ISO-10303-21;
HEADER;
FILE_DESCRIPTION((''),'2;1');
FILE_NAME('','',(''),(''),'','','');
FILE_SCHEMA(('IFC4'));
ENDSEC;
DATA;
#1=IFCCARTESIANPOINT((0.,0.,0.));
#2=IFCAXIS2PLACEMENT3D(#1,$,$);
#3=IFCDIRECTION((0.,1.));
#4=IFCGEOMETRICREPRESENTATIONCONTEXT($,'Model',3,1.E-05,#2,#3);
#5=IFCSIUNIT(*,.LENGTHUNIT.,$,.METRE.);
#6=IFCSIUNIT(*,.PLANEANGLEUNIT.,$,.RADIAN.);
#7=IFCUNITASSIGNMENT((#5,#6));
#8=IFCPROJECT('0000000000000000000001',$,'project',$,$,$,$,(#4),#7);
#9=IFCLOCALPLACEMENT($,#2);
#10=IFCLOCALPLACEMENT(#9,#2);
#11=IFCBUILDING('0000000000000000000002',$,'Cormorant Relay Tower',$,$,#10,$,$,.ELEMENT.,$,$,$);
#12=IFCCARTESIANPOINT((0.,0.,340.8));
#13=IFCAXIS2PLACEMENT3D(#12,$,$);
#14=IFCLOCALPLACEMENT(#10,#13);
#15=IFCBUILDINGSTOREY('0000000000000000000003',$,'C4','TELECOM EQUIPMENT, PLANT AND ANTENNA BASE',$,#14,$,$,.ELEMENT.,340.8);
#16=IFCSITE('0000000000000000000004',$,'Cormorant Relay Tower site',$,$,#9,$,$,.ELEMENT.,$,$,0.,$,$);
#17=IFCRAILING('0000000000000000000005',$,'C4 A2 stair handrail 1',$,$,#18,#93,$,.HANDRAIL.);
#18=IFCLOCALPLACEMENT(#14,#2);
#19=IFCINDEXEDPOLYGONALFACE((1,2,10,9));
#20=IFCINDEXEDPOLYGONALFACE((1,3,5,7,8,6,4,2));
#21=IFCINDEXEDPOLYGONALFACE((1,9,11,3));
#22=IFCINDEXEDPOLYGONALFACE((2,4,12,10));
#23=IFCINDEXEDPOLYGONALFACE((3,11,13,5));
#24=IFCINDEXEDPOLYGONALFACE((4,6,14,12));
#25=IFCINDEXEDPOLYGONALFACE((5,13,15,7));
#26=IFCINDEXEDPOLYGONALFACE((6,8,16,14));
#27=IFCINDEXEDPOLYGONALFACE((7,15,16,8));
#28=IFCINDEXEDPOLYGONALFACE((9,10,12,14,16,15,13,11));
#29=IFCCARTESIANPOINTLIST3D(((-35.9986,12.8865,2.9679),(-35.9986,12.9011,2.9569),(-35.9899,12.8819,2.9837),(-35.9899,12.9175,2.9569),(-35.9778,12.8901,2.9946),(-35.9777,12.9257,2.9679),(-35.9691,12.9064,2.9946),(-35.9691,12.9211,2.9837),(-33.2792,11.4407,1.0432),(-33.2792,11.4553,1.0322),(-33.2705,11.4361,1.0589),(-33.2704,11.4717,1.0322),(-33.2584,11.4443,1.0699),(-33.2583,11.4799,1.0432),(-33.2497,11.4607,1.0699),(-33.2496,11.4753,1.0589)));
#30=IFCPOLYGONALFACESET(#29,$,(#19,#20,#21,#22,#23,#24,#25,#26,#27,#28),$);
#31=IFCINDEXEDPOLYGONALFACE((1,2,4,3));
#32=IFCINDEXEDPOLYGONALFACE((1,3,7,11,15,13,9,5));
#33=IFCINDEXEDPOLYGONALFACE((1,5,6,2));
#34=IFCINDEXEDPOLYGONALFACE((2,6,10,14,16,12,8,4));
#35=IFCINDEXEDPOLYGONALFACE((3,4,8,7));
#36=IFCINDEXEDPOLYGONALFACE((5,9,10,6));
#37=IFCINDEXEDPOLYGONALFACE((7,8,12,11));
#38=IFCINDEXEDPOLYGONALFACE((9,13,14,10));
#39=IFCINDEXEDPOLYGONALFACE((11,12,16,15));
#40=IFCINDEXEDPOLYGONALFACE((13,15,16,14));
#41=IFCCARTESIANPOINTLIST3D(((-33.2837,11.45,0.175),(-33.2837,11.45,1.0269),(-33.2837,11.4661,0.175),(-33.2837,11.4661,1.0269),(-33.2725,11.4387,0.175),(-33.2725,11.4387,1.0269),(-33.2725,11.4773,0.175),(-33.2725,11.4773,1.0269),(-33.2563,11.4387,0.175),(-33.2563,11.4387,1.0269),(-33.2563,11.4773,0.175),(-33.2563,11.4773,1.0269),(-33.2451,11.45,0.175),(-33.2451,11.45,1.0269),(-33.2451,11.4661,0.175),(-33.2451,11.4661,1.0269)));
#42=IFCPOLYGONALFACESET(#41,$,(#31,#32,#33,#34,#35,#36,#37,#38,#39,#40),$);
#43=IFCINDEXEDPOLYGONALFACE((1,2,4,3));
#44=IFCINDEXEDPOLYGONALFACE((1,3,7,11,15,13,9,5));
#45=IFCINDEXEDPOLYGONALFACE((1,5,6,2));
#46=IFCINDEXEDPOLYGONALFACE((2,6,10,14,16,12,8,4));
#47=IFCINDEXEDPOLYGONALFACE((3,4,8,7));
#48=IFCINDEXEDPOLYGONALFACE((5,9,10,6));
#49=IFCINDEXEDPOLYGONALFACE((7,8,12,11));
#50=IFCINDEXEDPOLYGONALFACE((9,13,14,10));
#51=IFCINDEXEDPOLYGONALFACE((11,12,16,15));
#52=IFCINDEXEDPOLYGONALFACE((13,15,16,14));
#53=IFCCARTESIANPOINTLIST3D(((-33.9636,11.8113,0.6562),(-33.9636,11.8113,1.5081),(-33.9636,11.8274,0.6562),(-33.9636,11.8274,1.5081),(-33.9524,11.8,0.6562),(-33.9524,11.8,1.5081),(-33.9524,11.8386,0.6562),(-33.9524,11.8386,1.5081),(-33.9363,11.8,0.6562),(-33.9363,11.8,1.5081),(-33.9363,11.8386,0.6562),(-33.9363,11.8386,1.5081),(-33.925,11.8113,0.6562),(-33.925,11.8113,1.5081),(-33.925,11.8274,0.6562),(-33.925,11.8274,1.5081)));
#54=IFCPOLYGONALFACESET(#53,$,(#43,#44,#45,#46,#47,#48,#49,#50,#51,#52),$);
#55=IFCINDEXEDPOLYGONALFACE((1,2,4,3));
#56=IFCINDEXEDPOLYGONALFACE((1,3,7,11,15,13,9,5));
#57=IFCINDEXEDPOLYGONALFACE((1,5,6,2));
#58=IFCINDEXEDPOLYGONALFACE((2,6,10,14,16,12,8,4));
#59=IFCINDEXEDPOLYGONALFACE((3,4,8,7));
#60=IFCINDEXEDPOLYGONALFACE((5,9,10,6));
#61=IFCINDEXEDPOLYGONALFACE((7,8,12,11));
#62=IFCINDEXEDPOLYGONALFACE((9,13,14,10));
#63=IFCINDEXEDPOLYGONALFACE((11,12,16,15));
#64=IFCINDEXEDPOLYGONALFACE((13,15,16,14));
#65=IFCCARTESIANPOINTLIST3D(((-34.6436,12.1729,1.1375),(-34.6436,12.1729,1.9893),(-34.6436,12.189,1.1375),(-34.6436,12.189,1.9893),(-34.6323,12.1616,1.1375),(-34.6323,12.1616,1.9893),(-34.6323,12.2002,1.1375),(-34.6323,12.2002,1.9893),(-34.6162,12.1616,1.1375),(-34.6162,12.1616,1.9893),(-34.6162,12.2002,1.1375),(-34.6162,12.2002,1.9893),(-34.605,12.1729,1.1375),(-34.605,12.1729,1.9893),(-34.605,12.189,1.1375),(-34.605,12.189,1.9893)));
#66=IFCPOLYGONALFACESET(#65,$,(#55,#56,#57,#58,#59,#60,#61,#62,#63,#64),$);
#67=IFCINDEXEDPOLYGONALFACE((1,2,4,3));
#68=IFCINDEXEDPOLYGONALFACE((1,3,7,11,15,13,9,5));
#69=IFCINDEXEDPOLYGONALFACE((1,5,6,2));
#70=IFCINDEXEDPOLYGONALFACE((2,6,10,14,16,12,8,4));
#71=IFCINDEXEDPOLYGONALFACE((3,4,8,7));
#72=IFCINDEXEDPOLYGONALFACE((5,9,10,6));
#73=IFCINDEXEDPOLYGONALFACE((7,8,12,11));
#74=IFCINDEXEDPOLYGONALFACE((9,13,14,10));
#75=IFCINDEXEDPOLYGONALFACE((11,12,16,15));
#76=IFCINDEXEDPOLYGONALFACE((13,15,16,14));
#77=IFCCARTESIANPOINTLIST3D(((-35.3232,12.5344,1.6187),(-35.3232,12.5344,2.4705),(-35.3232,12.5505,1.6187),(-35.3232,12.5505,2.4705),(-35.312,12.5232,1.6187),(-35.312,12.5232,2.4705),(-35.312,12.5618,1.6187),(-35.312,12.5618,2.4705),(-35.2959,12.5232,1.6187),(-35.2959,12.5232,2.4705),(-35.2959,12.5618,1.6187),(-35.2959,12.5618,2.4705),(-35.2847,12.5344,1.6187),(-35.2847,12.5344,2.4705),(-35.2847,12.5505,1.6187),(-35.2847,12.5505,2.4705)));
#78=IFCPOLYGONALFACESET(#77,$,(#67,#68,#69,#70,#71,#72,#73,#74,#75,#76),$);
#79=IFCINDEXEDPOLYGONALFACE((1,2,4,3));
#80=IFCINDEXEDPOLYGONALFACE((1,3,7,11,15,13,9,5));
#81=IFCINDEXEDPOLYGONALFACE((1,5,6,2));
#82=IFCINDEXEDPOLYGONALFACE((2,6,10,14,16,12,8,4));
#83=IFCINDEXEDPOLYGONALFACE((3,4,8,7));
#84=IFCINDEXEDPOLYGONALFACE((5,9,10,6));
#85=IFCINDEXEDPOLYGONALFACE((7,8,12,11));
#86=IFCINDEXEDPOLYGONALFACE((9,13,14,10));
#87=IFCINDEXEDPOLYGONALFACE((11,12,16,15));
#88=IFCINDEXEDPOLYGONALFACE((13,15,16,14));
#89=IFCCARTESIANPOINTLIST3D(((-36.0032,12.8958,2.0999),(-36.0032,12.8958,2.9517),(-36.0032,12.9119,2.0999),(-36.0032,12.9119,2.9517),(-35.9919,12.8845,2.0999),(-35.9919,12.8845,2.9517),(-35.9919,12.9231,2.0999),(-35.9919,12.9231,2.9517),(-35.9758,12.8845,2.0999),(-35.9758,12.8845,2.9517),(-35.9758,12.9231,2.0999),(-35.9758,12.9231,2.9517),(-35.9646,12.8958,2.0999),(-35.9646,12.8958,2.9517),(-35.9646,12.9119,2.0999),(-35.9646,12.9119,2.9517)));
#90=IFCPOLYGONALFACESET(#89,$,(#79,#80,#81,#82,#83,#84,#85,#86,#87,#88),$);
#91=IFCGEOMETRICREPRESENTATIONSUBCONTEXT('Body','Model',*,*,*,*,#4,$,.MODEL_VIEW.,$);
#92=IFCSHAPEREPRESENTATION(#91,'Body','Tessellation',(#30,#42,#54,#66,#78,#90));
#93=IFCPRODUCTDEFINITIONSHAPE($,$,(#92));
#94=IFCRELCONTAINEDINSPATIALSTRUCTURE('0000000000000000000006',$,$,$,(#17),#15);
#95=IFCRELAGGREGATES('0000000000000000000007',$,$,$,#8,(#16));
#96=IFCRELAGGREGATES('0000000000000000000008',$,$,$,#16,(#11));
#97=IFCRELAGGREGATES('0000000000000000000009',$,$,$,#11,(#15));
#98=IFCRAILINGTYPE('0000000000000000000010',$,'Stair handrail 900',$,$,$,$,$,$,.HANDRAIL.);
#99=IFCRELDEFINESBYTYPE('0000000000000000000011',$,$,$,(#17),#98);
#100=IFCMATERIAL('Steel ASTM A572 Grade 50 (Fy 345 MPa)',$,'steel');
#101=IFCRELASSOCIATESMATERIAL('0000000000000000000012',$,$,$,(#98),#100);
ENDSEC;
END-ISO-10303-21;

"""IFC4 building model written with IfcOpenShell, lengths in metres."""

from ifc_helpers import new_model, si_unit, direction, frame, origin, place, context, subcontext, project, spatial, polyline, outline, extrude, material, type_object, element, save


model = new_model("IFC4")

# Units and contexts
model_context = context("Model", 3, precision=1e-05, world=origin(), true_north=direction((0.0, 1.0)))
body_context = subcontext(model_context, "Body", "Model", "MODEL_VIEW")
ifc_project = project(units=[si_unit("LENGTHUNIT", "METRE"), si_unit("PLANEANGLEUNIT", "RADIAN")], contexts=[model_context])

# Site, building, storey
site_placement = place(None, origin())
site = spatial("IfcSite", under=ifc_project, at=site_placement, Name="Cormorant Relay Tower site", CompositionType="ELEMENT", RefElevation=0.0)
building_placement = place(site_placement, origin())
building = spatial("IfcBuilding", under=site, at=building_placement, Name="Cormorant Relay Tower", CompositionType="ELEMENT")
storey_placement = place(building_placement, frame((0.0, 0.0, 340.8)))
storey = spatial("IfcBuildingStorey", under=building, at=storey_placement, Name="C4", Description="TELECOM EQUIPMENT, PLANT AND ANTENNA BASE", CompositionType="ELEMENT", Elevation=340.8)

# Railing
ifc_material_1 = material(Name="Steel ASTM A572 Grade 50 (Fy 345 MPa)", Category="steel")
railing_type_1 = type_object("IfcRailingType", Name="Stair handrail 900", PredefinedType="HANDRAIL", material=ifc_material_1)
railing_1_placement = place(storey_placement, frame((-33.2644, 11.458, 0.175)))
element("IfcRailing", 1, at=railing_1_placement, inside=storey, type_object=railing_type_1, Name="C4 A2 stair handrail 1", PredefinedType="HANDRAIL", context=body_context, shape_type="SweptSolid", body=[
    extrude(outline(polyline([(0.0222, 0.0093), (0.0093, 0.0222), (-0.0093, 0.0222), (-0.0222, 0.0093), (-0.0222, -0.0093), (-0.0093, -0.0222), (0.0093, -0.0222), (0.0222, -0.0093), (0.0222, 0.0093)])), frame((0.0, 0.0, 0.876), z_axis=(-0.748774, 0.398082, 0.52997), x_axis=(-0.469428, -0.882971, 0.0)), (0.0, 0.0, 1.0), 3.6318),
    extrude(outline(polyline([(0.0193, 0.0081), (0.0081, 0.0193), (-0.0081, 0.0193), (-0.0193, 0.0081), (-0.0193, -0.0081), (-0.0081, -0.0193), (0.0081, -0.0193), (0.0193, -0.0081), (0.0193, 0.0081)])), origin(), (0.0, 0.0, 1.0), 0.8518),
    extrude(outline(polyline([(0.0193, 0.0081), (0.0081, 0.0193), (-0.0081, 0.0193), (-0.0193, 0.0081), (-0.0193, -0.0081), (-0.0081, -0.0193), (0.0081, -0.0193), (0.0193, -0.0081), (0.0193, 0.0081)])), frame((-0.6799, 0.3613, 0.4812)), (0.0, 0.0, 1.0), 0.8518),
    extrude(outline(polyline([(0.0193, 0.0081), (0.0081, 0.0193), (-0.0081, 0.0193), (-0.0193, 0.0081), (-0.0193, -0.0081), (-0.0081, -0.0193), (0.0081, -0.0193), (0.0193, -0.0081), (0.0193, 0.0081)])), frame((-1.3599, 0.7229, 0.9624)), (0.0, 0.0, 1.0), 0.8518),
    extrude(outline(polyline([(0.0193, 0.0081), (0.0081, 0.0193), (-0.0081, 0.0193), (-0.0193, 0.0081), (-0.0193, -0.0081), (-0.0081, -0.0193), (0.0081, -0.0193), (0.0193, -0.0081), (0.0193, 0.0081)])), frame((-2.0396, 1.0845, 1.4436)), (0.0, 0.0, 1.0), 0.8518),
    extrude(outline(polyline([(0.0193, 0.0081), (0.0081, 0.0193), (-0.0081, 0.0193), (-0.0193, 0.0081), (-0.0193, -0.0081), (-0.0081, -0.0193), (0.0081, -0.0193), (0.0193, -0.0081), (0.0193, 0.0081)])), frame((-2.7195, 1.4458, 1.9248)), (0.0, 0.0, 1.0), 0.8518),
])

save(model, "model.ifc")
